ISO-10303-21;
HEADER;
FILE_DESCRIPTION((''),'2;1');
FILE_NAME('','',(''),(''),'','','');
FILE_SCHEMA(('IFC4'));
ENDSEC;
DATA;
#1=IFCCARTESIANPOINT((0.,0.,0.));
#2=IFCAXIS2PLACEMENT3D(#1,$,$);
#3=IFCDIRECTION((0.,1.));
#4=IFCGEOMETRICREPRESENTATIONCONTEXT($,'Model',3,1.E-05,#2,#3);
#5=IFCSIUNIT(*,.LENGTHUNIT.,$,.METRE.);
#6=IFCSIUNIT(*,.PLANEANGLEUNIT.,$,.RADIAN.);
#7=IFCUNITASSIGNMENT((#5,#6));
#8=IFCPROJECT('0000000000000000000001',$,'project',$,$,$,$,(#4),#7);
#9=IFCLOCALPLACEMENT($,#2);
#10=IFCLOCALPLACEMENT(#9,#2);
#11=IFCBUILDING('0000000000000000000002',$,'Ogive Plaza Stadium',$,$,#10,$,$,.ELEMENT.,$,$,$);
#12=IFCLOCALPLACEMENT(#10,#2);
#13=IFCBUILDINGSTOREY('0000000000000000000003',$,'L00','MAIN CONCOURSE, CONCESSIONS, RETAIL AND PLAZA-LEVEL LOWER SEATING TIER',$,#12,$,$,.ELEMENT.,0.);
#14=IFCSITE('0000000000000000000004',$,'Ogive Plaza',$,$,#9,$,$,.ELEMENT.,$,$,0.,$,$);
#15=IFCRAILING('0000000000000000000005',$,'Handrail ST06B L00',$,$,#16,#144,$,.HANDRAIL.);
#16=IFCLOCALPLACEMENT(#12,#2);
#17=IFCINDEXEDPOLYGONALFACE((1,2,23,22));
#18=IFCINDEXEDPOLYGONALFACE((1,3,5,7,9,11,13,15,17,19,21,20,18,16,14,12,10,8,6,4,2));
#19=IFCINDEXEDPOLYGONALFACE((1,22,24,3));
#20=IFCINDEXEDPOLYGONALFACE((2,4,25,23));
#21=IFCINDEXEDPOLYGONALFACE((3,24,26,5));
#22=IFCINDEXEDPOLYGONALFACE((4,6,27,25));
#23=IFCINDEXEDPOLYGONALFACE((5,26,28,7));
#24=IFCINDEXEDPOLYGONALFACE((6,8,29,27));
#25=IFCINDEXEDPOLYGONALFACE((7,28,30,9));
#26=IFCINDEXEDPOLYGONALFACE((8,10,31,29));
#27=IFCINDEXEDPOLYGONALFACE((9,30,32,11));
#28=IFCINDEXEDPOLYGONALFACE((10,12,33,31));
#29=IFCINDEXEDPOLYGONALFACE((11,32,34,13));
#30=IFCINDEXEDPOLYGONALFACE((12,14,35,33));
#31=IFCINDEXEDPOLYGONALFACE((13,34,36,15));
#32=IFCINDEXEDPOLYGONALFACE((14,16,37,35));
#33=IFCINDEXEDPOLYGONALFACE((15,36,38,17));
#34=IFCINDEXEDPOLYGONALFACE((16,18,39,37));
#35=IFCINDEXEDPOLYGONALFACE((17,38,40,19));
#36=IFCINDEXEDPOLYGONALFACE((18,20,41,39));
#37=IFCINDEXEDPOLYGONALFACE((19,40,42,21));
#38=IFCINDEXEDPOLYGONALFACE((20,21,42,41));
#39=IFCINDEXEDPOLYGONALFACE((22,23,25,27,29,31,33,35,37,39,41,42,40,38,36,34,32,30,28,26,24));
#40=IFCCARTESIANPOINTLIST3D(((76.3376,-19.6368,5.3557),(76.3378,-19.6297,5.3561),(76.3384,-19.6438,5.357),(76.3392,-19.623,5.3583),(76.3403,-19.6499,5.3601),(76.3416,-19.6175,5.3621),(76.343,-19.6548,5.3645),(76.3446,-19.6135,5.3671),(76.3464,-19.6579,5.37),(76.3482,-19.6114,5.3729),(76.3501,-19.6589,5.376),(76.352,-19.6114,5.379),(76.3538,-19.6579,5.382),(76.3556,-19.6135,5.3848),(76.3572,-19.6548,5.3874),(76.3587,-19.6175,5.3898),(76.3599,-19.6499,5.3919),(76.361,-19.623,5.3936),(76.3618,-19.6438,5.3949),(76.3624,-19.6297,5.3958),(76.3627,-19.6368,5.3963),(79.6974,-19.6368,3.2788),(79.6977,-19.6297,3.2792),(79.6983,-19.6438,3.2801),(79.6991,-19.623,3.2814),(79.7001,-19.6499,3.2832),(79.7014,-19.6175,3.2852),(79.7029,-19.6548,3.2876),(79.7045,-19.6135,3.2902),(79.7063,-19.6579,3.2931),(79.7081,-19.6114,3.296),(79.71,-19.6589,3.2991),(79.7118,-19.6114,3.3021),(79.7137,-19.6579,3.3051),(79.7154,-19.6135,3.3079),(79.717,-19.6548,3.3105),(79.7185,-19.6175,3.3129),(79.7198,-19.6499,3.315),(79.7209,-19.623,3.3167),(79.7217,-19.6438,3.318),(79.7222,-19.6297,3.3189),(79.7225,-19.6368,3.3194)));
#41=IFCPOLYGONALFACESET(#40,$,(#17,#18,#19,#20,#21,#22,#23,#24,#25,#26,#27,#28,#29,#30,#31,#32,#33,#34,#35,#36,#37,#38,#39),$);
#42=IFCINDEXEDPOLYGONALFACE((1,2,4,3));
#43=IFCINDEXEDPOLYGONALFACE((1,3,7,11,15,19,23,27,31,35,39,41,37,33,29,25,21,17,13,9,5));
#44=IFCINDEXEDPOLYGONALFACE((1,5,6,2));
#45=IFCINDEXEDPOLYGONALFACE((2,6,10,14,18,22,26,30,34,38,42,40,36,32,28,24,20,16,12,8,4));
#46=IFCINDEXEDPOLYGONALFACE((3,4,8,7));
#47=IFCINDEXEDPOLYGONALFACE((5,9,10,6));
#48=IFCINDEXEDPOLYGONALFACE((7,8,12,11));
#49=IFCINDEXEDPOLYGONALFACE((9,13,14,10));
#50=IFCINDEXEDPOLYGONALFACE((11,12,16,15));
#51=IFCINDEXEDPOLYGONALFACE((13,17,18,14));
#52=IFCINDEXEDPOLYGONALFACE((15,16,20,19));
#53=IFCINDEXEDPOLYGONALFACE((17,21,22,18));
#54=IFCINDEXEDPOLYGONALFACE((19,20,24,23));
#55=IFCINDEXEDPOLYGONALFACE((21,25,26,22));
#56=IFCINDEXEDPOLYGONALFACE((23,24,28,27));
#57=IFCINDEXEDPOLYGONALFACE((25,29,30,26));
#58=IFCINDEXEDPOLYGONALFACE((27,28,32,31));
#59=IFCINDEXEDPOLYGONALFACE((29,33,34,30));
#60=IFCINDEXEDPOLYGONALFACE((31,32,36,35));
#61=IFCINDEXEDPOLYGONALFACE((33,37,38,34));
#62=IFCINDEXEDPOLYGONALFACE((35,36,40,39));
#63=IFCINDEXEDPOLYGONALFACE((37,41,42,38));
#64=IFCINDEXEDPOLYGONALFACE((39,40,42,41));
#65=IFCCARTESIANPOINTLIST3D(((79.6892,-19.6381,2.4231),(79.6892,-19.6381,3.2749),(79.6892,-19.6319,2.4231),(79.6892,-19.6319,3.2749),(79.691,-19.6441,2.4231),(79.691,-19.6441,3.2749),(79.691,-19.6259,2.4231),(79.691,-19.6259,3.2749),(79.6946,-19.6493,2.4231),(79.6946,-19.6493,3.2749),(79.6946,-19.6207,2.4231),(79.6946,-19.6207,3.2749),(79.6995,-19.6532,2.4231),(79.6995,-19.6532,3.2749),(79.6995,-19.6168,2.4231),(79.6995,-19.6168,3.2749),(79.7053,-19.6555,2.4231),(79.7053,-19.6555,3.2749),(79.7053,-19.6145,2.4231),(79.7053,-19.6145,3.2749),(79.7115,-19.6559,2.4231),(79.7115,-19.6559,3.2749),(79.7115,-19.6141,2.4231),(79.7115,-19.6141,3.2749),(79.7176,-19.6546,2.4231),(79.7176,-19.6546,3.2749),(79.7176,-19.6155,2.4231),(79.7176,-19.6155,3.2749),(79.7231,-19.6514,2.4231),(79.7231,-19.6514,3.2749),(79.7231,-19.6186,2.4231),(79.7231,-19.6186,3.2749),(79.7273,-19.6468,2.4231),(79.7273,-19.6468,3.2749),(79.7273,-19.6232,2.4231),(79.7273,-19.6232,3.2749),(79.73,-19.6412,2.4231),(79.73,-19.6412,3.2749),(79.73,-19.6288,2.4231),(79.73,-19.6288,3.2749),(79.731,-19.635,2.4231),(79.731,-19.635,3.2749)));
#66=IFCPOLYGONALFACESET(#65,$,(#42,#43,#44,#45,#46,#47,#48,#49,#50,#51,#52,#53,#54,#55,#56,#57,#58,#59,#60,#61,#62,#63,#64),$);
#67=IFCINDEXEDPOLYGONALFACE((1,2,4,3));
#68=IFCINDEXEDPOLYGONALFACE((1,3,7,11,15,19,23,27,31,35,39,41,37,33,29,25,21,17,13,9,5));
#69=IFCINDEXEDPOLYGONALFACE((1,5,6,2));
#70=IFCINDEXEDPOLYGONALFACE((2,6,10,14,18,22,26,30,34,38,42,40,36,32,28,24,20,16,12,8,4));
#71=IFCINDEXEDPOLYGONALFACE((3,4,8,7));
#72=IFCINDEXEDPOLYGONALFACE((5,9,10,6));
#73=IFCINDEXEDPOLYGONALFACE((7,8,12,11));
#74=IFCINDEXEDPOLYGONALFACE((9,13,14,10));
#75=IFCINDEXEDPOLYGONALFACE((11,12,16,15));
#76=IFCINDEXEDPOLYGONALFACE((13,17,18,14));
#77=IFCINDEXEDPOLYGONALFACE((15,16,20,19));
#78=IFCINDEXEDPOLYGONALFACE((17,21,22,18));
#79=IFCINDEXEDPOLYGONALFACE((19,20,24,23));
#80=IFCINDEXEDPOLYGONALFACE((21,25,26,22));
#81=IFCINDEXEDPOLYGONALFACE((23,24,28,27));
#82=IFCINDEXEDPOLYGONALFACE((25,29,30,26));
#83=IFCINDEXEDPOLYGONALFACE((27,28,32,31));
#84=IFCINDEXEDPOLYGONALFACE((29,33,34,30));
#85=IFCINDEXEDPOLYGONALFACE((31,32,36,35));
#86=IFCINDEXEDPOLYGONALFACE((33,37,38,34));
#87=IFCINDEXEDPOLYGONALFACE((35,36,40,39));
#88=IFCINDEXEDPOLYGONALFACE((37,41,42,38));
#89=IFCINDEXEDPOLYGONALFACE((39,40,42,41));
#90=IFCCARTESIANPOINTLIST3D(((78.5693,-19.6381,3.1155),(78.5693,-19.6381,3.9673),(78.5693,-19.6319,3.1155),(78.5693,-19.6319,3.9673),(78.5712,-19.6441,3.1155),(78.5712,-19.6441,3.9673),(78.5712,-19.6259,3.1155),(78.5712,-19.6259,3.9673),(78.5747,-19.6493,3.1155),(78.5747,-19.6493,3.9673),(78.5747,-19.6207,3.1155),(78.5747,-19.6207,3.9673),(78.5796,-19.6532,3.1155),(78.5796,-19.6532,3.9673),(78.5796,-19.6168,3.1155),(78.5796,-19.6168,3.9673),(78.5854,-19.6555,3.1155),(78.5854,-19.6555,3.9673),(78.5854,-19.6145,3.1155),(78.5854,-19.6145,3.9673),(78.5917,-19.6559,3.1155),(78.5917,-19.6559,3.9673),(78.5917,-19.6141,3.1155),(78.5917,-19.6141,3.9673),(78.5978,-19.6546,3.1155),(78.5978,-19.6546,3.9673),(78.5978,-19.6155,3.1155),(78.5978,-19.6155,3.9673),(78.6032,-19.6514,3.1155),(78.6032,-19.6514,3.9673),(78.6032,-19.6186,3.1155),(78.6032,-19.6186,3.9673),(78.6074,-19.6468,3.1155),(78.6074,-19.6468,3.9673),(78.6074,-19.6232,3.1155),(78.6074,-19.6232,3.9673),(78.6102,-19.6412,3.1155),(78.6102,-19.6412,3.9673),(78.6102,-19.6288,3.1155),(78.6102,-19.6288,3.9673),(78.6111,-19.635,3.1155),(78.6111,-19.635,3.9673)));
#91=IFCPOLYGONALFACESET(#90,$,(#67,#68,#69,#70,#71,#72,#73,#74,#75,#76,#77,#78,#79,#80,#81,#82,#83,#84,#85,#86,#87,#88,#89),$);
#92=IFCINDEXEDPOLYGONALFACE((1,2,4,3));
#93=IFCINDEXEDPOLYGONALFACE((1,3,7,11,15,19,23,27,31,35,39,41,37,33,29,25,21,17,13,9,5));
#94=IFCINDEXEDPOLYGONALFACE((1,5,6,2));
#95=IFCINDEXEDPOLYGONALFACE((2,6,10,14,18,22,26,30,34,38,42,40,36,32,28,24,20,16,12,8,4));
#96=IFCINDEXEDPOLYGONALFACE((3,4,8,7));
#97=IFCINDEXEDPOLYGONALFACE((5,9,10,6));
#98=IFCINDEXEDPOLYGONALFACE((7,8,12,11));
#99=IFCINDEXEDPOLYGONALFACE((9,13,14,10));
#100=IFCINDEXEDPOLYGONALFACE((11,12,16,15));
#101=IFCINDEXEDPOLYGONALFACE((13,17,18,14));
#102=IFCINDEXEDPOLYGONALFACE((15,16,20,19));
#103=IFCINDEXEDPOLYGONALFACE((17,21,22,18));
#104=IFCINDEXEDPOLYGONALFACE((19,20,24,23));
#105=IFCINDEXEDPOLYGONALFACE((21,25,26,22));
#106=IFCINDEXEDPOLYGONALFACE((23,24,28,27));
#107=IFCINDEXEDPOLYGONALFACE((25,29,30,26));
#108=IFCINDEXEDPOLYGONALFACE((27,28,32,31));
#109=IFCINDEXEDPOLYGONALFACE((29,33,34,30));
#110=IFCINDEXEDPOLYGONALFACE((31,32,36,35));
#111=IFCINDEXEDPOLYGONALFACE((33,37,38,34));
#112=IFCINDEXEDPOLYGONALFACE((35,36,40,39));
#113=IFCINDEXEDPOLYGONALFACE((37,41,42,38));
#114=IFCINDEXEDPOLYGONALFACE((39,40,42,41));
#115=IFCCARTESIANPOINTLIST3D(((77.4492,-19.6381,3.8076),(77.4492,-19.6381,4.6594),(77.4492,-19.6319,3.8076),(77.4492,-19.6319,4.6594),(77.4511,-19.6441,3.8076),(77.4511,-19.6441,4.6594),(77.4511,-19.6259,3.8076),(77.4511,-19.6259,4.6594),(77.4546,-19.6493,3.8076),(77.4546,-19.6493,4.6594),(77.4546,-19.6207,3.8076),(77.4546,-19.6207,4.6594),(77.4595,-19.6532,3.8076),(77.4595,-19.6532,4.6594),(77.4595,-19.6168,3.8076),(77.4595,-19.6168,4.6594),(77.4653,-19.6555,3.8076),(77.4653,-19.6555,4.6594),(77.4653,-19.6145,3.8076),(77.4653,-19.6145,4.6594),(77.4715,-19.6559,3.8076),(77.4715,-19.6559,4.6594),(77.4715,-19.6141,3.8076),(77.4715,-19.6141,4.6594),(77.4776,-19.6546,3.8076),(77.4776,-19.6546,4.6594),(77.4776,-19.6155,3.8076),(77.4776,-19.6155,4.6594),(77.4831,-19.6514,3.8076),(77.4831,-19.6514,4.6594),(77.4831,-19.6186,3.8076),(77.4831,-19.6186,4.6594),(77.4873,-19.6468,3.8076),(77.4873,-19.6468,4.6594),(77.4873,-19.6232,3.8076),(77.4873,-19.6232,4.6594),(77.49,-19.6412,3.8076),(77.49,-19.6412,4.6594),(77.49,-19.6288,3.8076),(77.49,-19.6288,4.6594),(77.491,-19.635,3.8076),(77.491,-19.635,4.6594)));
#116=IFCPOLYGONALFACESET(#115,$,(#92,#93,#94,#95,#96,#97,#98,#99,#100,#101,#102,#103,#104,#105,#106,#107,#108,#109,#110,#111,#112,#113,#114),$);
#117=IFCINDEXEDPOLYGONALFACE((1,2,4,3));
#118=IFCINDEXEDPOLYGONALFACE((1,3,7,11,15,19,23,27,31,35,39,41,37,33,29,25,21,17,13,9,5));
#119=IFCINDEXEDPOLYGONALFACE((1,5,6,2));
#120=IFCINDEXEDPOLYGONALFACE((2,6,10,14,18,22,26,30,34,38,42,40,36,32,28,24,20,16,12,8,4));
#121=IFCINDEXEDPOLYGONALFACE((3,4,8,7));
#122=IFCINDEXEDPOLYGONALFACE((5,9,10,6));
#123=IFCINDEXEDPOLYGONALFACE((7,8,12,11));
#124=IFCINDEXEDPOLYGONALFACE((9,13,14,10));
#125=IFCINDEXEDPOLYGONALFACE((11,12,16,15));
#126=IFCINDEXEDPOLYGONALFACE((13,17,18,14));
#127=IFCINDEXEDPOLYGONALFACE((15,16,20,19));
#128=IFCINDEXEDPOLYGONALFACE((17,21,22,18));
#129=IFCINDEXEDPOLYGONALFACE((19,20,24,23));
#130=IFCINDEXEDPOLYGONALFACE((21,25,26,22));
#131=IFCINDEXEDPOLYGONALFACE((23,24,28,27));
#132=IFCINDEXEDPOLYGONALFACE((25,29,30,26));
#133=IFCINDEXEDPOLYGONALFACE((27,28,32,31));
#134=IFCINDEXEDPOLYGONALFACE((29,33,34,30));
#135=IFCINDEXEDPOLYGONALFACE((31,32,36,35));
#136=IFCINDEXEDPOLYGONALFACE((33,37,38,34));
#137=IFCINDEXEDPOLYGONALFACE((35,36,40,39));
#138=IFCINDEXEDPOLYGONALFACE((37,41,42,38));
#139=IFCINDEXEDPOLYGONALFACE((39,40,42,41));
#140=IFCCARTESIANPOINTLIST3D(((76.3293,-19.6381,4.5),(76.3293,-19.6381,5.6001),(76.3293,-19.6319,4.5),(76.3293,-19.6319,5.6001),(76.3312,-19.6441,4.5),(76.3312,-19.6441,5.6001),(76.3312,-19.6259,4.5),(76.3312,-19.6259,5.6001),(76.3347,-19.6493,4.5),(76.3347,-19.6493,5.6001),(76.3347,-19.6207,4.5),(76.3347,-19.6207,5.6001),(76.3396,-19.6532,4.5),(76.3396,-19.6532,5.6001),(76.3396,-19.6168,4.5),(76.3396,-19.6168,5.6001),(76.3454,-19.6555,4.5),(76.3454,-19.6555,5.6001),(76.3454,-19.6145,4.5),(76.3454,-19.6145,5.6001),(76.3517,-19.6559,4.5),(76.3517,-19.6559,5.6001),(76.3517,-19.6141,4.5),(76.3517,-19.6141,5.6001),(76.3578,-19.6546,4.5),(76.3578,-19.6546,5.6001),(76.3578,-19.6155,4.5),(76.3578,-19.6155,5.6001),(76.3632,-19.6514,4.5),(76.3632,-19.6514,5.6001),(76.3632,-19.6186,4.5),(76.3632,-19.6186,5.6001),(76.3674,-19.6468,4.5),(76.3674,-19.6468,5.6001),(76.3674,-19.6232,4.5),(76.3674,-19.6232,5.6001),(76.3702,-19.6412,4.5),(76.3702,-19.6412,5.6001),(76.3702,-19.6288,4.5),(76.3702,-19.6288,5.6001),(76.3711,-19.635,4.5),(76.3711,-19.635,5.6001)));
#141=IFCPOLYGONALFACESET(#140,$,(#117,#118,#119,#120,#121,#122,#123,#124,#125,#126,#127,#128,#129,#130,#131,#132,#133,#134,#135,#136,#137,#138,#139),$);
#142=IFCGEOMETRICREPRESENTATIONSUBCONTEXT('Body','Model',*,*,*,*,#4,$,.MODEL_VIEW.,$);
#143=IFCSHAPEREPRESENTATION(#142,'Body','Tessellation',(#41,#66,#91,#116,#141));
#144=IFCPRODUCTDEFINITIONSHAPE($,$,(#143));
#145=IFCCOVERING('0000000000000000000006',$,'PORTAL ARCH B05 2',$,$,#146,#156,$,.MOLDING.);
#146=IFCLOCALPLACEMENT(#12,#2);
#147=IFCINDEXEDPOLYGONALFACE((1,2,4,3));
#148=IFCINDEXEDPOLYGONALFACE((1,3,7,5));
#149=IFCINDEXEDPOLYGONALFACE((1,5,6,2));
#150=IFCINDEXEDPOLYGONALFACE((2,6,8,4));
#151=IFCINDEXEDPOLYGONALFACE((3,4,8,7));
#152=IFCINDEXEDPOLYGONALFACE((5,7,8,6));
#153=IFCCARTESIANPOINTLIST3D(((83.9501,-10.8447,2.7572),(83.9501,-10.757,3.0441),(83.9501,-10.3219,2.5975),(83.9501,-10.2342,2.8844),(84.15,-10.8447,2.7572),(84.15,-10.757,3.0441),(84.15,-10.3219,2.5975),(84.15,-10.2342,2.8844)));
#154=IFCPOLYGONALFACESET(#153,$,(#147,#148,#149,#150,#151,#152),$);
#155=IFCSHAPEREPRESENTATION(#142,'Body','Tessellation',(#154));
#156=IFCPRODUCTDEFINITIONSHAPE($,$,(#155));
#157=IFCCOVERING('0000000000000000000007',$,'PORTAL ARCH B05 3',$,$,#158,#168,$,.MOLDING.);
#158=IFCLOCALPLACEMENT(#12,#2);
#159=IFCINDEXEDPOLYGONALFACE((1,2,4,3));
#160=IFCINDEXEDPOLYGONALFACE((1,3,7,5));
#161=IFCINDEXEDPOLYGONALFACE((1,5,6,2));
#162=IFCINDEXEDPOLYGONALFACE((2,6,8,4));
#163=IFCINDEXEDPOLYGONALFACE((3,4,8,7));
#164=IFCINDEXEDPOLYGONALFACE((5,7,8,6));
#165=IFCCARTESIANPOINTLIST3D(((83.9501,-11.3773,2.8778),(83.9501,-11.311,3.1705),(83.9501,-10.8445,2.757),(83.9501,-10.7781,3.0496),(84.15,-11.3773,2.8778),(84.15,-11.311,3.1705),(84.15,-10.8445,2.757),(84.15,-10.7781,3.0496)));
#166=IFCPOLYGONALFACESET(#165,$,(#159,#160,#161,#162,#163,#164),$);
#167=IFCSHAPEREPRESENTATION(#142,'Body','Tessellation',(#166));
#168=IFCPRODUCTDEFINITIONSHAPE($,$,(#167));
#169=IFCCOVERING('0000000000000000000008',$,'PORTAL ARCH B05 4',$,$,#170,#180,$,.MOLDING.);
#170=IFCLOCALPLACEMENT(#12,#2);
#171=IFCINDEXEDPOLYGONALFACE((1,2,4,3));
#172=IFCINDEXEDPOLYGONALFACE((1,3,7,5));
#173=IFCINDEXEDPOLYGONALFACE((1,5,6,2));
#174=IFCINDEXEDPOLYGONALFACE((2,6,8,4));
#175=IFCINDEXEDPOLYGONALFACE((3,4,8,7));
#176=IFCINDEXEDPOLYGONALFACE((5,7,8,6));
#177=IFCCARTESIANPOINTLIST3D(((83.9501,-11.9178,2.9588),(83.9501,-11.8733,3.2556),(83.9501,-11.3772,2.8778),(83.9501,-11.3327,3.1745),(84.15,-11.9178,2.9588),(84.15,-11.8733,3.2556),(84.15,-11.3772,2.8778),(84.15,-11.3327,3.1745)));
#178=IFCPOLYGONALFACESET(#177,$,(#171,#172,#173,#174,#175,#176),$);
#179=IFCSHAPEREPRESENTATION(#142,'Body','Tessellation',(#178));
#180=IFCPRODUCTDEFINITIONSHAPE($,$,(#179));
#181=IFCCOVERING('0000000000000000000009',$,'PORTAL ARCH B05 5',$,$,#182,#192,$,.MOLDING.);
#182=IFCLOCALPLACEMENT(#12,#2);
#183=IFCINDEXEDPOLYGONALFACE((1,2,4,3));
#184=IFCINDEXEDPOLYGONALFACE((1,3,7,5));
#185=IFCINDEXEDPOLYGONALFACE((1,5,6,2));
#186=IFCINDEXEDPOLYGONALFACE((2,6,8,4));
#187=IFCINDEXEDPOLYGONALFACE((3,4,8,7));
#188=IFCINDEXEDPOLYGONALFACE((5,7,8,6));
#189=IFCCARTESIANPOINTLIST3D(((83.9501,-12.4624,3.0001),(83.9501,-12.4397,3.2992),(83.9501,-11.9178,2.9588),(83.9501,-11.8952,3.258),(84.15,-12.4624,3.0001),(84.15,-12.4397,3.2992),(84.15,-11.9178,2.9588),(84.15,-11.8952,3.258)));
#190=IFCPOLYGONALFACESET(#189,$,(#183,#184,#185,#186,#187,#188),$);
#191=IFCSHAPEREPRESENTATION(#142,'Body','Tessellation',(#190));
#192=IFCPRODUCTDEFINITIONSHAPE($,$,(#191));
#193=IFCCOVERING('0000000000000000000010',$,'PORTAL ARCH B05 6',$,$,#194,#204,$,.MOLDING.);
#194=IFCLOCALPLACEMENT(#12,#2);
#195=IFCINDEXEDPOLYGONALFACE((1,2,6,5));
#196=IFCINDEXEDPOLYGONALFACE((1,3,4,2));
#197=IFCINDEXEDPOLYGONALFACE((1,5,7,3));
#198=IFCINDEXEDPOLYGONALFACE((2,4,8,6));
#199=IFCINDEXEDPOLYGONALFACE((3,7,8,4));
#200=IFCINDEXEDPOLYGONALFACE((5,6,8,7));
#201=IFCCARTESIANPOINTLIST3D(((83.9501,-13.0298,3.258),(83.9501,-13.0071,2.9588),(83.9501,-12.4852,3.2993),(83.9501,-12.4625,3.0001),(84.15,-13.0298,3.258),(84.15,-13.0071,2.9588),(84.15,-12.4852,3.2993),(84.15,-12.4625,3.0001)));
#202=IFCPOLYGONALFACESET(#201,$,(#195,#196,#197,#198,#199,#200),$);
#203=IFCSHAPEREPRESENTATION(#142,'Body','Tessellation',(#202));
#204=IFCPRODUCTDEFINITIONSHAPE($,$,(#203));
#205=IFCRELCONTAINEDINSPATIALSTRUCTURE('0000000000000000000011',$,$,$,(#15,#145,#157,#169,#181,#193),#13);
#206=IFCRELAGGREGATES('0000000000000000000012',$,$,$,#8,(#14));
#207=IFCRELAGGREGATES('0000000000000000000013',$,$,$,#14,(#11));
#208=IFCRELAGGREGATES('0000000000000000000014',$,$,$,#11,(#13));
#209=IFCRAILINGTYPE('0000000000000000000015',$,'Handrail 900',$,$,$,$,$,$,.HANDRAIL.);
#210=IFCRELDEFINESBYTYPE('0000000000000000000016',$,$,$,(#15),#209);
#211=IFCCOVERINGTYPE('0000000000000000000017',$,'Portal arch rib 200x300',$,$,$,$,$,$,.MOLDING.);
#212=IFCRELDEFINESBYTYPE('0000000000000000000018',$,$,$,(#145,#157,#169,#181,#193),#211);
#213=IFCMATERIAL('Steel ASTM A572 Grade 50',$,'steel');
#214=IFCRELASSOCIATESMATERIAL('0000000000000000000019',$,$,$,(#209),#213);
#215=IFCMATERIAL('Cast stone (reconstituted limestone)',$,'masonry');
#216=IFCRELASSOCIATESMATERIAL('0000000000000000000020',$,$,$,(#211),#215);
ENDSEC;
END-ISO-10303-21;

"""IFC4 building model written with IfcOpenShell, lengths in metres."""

from ifc_helpers import new_model, si_unit, direction, frame, origin, origin_2d, place, context, subcontext, project, spatial, rectangle, circle, extrude, material, material_profile, profile_set, type_object, element, save


model = new_model("IFC4")

# Units and contexts
model_context = context("Model", 3, precision=1e-05, world=origin(), true_north=direction((0.0, 1.0)))
body_context = subcontext(model_context, "Body", "Model", "MODEL_VIEW")
ifc_project = project(units=[si_unit("LENGTHUNIT", "METRE"), si_unit("PLANEANGLEUNIT", "RADIAN")], contexts=[model_context])

# Site, building, storey
site_placement = place(None, origin())
site = spatial("IfcSite", under=ifc_project, at=site_placement, Name="Ogive Plaza", CompositionType="ELEMENT", RefElevation=0.0)
building_placement = place(site_placement, origin())
building = spatial("IfcBuilding", under=site, at=building_placement, Name="Ogive Plaza Stadium", CompositionType="ELEMENT")
storey_placement = place(building_placement, origin())
storey = spatial("IfcBuildingStorey", under=building, at=storey_placement, Name="L00", Description="MAIN CONCOURSE, CONCESSIONS, RETAIL AND PLAZA-LEVEL LOWER SEATING TIER", CompositionType="ELEMENT", Elevation=0.0)

# Railing
ifc_material_1 = material(Name="Steel ASTM A572 Grade 50", Category="steel")
railing_type_1 = type_object("IfcRailingType", Name="Handrail 900", PredefinedType="HANDRAIL", material=ifc_material_1)
for number, where, name in (
    (1, (79.71, -19.635, 2.4231), "Handrail ST06B L00"),
):
    element("IfcRailing", number, at=place(storey_placement, frame(where)), inside=storey, type_object=railing_type_1, Name=name, PredefinedType="HANDRAIL", context=body_context, shape_type="SweptSolid", body=[
        extrude(circle(Radius=0.0239, at=origin_2d()), frame((0.0, 0.0, 0.876), z_axis=(-0.850606, 0.0, 0.525803), x_axis=(0.0, -1.0, 0.0)), (0.0, 0.0, 1.0), 3.95),
        extrude(circle(Radius=0.021, at=origin_2d()), origin(), (0.0, 0.0, 1.0), 0.8518),
        extrude(circle(Radius=0.021, at=origin_2d()), frame((-1.1199, 0.0, 0.6924)), (0.0, 0.0, 1.0), 0.8518),
        extrude(circle(Radius=0.021, at=origin_2d()), frame((-2.24, 0.0, 1.3845)), (0.0, 0.0, 1.0), 0.8518),
        extrude(circle(Radius=0.021, at=origin_2d()), frame((-3.3599, 0.0, 2.0769)), (0.0, 0.0, 1.0), 1.1001),
    ])

# Coverings
ifc_material_2 = material(Name="Cast stone (reconstituted limestone)", Category="masonry")
ifc_material_profile_1 = material_profile(ifc_material_2, rectangle(XDim=0.2, YDim=0.3, at=origin_2d()), Name="Cast stone 200x300")
ifc_profile_set_1 = profile_set([ifc_material_profile_1], Name="Cast stone (reconstituted limestone)")
covering_type_1 = type_object("IfcCoveringType", Name="Portal arch rib 200x300", PredefinedType="MOLDING", material=ifc_profile_set_1)
covering_1_placement = place(storey_placement, frame((84.05, -10.2781, 2.741), z_axis=(0.0, -0.956376, 0.292139), x_axis=(1.0, 0.0, 0.0)))
element("IfcCovering", 2, at=covering_1_placement, inside=storey, type_object=covering_type_1, Name="PORTAL ARCH B05 2", PredefinedType="MOLDING", context=body_context, shape_type="SweptSolid", body=[
    extrude(rectangle(XDim=0.2, YDim=0.3, at=origin_2d()), origin(), (0.0, 0.0, 1.0), 0.5466),
])
covering_2_placement = place(storey_placement, frame((84.05, -10.8113, 2.9033), z_axis=(0.0, -0.975242, 0.221138), x_axis=(1.0, 0.0, 0.0)))
element("IfcCovering", 3, at=covering_2_placement, inside=storey, type_object=covering_type_1, Name="PORTAL ARCH B05 3", PredefinedType="MOLDING", context=body_context, shape_type="SweptSolid", body=[
    extrude(rectangle(XDim=0.2, YDim=0.3, at=origin_2d()), origin(), (0.0, 0.0, 1.0), 0.5464),
])
covering_3_placement = place(storey_placement, frame((84.05, -11.355, 3.0261), z_axis=(0.0, -0.988943, 0.148297), x_axis=(1.0, 0.0, 0.0)))
element("IfcCovering", 4, at=covering_3_placement, inside=storey, type_object=covering_type_1, Name="PORTAL ARCH B05 4", PredefinedType="MOLDING", context=body_context, shape_type="SweptSolid", body=[
    extrude(rectangle(XDim=0.2, YDim=0.3, at=origin_2d()), origin(), (0.0, 0.0, 1.0), 0.5466),
])
for number, where, z_axis, x_axis, name in (
    (5, (84.05, -11.9065, 3.1084), (0.0, -0.997143, 0.075534), (1.0, 0.0, 0.0), "PORTAL ARCH B05 5"),
    (6, (84.05, -12.4739, 3.1497), (0.0, -0.997143, -0.075534), (1.0, 0.0, 0.0), "PORTAL ARCH B05 6"),
):
    element("IfcCovering", number, at=place(storey_placement, frame(where, z_axis=z_axis, x_axis=x_axis)), inside=storey, type_object=covering_type_1, Name=name, PredefinedType="MOLDING", context=body_context, shape_type="SweptSolid", body=[
        extrude(rectangle(XDim=0.2, YDim=0.3, at=origin_2d()), origin(), (0.0, 0.0, 1.0), 0.5461),
    ])

save(model, "model.ifc")
